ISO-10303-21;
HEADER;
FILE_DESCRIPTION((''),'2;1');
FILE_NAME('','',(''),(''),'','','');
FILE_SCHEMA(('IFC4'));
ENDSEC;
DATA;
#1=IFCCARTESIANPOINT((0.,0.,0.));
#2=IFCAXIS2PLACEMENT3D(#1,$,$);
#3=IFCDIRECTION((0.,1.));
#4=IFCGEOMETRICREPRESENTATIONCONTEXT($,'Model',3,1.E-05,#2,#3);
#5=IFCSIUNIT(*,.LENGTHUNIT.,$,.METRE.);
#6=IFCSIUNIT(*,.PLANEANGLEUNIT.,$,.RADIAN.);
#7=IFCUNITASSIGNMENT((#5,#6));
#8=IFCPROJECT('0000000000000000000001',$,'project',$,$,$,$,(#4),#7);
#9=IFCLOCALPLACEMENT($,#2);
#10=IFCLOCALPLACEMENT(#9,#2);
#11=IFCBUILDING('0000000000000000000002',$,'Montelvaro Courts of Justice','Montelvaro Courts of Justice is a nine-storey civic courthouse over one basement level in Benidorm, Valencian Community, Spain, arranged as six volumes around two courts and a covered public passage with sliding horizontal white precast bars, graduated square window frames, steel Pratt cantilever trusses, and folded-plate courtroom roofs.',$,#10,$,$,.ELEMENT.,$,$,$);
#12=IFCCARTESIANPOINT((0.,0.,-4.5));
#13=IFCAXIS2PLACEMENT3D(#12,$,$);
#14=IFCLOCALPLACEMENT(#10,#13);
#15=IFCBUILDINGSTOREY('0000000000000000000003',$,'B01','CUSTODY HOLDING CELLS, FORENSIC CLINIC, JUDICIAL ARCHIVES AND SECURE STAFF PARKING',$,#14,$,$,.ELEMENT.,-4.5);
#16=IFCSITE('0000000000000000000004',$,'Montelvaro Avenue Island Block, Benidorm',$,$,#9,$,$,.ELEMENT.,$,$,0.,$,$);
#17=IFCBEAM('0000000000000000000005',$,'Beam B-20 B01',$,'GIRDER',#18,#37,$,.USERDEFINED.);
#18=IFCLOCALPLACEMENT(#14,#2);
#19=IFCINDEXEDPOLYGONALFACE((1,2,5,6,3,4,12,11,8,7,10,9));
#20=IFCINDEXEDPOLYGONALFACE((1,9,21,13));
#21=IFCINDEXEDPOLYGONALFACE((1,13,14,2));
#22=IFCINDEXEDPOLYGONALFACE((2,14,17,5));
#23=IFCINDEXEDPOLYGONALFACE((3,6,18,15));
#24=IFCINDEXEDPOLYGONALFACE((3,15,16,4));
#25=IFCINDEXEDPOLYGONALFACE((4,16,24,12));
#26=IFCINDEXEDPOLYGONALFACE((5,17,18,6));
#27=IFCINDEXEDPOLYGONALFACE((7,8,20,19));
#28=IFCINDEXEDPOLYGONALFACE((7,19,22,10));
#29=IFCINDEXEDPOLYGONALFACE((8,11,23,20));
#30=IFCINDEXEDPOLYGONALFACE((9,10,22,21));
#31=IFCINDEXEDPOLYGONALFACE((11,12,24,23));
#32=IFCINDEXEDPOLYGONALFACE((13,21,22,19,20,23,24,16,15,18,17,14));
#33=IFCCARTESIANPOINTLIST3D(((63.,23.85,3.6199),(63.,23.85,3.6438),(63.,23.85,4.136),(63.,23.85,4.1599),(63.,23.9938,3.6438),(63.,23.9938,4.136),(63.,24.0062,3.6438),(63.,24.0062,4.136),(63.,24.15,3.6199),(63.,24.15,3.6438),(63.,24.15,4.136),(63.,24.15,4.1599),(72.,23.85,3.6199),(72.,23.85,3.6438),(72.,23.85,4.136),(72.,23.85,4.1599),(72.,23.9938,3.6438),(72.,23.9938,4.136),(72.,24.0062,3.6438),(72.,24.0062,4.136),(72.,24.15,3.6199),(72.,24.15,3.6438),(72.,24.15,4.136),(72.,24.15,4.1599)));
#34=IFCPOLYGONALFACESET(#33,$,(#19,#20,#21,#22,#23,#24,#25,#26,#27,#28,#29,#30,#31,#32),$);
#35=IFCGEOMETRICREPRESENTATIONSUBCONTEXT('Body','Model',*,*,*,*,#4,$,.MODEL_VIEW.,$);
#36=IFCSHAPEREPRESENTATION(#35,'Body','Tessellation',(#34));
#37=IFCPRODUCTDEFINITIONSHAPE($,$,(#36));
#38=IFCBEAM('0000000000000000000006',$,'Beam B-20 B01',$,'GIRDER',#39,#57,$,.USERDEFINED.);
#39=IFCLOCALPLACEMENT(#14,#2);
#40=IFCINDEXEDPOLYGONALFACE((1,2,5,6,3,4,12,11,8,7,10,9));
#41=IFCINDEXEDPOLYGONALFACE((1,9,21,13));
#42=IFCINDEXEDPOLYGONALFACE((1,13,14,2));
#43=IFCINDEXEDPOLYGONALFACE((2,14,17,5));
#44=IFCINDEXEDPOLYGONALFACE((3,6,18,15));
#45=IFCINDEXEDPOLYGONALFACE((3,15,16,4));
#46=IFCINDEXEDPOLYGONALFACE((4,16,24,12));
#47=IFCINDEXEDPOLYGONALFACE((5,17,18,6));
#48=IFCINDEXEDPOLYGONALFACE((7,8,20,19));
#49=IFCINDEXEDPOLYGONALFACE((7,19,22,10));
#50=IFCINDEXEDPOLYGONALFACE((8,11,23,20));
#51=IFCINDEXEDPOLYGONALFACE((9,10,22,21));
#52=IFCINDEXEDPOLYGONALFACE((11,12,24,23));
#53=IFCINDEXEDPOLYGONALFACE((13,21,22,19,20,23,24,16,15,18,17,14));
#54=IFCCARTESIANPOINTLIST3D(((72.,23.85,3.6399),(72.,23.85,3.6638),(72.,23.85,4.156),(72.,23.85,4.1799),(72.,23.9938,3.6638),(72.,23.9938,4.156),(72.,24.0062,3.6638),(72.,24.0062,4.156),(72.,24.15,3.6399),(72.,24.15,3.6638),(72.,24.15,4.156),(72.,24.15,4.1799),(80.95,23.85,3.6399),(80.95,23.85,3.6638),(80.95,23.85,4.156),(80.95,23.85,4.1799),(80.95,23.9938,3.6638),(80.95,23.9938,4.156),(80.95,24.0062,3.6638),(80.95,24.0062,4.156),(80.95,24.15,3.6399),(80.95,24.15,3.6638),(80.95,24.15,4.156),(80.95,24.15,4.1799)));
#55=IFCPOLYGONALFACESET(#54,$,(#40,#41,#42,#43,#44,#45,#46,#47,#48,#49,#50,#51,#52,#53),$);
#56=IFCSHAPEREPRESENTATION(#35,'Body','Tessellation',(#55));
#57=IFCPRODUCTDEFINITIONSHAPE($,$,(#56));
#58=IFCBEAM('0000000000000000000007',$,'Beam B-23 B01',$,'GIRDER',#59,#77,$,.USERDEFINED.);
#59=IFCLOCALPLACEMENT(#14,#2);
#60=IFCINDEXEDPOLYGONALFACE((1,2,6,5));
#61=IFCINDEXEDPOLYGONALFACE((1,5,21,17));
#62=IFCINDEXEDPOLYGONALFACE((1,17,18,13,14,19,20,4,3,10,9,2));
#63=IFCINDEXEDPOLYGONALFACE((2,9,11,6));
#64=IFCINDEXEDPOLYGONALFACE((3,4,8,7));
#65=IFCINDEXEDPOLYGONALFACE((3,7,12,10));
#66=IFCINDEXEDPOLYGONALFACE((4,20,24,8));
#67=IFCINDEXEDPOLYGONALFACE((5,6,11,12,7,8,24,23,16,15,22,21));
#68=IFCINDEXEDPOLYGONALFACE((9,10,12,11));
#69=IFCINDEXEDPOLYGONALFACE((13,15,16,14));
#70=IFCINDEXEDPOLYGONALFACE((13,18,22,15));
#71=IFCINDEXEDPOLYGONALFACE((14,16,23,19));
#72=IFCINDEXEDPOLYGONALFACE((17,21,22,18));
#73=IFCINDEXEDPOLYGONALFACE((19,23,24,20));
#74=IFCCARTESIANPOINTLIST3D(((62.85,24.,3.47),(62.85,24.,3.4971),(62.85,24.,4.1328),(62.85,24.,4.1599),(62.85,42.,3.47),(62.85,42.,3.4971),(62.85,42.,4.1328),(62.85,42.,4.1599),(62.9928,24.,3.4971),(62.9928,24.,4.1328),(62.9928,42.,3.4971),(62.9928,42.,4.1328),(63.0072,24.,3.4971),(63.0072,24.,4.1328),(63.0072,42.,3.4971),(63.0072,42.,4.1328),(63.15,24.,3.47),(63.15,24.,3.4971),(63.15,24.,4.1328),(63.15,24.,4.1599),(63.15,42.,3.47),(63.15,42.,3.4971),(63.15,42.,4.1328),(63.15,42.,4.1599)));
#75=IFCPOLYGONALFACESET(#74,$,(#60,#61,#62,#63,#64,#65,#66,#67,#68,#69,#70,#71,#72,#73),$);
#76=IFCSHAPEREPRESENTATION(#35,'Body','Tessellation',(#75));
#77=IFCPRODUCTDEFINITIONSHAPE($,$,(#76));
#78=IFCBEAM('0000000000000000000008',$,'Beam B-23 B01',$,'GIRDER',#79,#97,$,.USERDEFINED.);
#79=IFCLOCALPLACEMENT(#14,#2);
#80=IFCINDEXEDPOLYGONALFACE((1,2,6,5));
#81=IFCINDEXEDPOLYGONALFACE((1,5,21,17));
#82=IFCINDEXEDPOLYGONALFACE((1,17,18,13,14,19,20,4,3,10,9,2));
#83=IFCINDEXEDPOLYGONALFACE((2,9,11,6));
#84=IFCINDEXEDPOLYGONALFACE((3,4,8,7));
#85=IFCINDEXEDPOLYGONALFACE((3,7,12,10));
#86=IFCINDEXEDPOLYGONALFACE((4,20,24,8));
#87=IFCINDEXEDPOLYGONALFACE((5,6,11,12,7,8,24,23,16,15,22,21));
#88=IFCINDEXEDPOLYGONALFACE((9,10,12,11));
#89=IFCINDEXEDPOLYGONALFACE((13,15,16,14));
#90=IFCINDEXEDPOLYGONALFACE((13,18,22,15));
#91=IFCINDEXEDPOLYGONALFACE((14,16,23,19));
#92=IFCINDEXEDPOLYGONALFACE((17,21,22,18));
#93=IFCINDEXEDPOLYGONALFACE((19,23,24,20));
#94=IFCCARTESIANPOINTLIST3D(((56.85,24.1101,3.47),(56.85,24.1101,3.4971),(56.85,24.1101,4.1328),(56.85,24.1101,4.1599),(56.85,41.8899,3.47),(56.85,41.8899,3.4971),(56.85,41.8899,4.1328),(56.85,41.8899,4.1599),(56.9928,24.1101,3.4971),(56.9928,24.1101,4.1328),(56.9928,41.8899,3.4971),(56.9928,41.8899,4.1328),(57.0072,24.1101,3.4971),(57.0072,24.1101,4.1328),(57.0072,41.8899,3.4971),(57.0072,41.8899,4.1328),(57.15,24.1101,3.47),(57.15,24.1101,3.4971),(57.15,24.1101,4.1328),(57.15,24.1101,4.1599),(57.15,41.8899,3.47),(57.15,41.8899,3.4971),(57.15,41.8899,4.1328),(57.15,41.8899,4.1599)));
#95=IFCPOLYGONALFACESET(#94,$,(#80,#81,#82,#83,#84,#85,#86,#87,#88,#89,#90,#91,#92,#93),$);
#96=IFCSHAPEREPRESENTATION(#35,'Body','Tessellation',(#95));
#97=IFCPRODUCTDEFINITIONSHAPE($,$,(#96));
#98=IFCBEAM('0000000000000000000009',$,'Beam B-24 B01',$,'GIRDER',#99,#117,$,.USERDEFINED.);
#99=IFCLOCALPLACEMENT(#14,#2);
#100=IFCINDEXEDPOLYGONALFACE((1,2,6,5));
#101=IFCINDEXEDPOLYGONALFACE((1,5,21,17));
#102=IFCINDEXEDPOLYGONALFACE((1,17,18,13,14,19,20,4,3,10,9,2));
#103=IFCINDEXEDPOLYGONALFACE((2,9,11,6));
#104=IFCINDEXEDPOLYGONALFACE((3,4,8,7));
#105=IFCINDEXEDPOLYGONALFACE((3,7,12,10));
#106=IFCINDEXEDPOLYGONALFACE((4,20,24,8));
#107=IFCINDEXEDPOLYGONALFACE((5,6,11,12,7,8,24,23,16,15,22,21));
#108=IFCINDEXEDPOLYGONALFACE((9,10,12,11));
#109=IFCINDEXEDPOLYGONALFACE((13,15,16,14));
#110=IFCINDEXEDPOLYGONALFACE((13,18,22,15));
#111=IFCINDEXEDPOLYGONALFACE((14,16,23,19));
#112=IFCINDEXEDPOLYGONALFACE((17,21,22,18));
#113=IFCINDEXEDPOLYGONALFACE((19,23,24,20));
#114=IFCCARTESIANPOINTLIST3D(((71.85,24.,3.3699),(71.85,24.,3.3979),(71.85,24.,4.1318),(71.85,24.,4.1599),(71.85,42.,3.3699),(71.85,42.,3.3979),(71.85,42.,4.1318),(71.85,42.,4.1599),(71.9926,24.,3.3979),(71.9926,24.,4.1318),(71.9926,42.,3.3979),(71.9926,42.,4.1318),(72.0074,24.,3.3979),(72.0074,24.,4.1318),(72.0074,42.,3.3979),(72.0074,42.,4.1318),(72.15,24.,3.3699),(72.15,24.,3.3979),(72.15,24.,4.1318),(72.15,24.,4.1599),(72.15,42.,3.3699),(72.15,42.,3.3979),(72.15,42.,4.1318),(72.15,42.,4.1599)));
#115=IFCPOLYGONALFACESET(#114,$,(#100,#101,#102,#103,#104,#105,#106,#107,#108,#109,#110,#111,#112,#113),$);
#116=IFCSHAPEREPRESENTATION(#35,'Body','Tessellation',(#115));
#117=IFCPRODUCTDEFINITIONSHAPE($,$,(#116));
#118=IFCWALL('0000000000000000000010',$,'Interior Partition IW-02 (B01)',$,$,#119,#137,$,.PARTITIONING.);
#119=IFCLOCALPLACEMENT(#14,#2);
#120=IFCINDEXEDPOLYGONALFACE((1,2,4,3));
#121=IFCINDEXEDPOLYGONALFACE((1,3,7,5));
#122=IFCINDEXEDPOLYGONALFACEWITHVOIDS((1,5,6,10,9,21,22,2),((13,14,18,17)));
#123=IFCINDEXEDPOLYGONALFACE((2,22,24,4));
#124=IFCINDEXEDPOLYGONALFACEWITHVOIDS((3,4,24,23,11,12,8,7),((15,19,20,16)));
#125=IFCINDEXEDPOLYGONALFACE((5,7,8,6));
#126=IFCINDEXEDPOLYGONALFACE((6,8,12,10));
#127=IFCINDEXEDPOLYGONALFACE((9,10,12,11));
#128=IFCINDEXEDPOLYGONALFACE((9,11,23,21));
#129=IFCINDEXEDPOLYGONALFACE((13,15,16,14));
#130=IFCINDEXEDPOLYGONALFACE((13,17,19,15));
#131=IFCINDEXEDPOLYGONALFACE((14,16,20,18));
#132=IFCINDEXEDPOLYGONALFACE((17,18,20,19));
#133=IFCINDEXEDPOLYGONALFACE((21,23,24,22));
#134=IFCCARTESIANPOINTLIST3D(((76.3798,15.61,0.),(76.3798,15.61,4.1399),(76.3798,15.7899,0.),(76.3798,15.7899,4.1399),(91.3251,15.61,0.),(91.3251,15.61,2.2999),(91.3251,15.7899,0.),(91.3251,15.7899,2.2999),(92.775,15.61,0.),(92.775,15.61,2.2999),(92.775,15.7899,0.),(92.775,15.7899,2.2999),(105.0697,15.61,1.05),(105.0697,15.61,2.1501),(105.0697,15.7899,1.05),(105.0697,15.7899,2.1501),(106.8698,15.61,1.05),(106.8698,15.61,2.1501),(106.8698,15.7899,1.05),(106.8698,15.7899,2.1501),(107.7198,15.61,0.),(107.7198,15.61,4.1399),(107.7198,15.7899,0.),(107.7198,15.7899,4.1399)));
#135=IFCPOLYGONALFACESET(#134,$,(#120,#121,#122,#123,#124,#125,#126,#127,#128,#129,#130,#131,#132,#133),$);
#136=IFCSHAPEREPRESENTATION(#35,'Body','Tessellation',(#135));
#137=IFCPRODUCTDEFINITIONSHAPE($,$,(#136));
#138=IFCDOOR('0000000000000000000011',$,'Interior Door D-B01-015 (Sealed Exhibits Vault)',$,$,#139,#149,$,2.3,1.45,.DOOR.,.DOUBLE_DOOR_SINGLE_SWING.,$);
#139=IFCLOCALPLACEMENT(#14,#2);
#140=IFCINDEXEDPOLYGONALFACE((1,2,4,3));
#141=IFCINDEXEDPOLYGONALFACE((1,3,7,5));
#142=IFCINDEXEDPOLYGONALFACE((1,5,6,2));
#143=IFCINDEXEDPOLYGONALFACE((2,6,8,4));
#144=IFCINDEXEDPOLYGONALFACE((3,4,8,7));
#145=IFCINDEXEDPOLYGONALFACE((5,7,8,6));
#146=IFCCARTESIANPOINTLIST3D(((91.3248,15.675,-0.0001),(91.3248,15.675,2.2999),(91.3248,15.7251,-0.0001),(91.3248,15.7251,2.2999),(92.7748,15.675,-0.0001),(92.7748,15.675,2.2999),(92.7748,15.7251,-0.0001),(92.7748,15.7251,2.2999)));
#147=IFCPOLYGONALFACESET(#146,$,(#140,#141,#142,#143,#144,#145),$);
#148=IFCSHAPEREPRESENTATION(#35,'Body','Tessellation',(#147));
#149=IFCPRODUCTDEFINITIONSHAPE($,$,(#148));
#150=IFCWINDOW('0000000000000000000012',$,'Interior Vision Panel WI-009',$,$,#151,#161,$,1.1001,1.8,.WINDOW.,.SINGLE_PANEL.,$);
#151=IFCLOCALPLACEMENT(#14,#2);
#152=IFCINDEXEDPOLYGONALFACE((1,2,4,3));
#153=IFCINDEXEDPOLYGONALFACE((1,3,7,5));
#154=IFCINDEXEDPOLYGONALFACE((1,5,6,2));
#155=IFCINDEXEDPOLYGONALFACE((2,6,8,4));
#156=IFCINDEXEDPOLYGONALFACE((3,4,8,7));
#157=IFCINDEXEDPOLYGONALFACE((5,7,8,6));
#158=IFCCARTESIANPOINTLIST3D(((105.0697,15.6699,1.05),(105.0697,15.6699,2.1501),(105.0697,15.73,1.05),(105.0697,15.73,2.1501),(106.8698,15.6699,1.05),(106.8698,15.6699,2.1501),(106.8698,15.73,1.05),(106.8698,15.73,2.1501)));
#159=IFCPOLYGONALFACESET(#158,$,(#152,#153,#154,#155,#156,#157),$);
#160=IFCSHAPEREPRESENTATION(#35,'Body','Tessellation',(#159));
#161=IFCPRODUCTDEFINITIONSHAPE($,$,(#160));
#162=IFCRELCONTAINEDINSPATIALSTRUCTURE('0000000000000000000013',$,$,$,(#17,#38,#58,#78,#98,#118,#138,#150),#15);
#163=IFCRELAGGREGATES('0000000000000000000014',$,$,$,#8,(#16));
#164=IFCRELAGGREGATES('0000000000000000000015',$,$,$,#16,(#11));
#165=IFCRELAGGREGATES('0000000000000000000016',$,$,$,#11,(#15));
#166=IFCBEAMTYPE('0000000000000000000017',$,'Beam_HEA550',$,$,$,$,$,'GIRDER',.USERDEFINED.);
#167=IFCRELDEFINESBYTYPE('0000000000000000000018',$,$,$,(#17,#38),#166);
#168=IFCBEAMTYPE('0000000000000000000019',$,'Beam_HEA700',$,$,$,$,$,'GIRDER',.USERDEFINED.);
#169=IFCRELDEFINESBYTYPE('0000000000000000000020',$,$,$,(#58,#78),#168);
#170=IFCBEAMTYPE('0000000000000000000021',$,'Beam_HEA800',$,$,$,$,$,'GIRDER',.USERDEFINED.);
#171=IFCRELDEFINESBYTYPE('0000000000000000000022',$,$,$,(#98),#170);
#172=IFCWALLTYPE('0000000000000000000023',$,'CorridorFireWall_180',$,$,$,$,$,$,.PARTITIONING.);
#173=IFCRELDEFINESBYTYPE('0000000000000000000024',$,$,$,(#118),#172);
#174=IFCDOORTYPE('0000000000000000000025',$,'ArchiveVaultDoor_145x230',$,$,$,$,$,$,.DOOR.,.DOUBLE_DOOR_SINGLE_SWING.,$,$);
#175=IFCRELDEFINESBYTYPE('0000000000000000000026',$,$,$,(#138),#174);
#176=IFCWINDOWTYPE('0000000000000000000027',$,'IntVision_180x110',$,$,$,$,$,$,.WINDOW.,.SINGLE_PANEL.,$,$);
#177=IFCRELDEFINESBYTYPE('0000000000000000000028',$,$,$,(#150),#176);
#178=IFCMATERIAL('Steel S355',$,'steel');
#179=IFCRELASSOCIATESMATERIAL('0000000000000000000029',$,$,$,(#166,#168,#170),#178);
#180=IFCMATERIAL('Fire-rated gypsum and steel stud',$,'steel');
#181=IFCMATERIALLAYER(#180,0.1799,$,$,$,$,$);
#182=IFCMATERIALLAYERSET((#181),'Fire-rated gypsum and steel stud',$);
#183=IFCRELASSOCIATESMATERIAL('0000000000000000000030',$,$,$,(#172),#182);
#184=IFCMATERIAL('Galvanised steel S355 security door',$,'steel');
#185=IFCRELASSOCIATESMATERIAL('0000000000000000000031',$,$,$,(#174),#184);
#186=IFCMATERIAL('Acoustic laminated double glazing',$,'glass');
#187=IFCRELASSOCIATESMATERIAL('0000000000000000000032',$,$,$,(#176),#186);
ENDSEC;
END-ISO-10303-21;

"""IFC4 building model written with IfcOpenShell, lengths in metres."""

from ifc_helpers import new_model, si_unit, direction, frame, frame_2d, origin, origin_2d, place, context, subcontext, project, spatial, rectangle, i_section, extrude, material, layer, layer_set, material_profile, profile_set, type_object, element, fill, save


model = new_model("IFC4")

# Units and contexts
model_context = context("Model", 3, precision=1e-05, world=origin(), true_north=direction((0.0, 1.0)))
body_context = subcontext(model_context, "Body", "Model", "MODEL_VIEW")
ifc_project = project(units=[si_unit("LENGTHUNIT", "METRE"), si_unit("PLANEANGLEUNIT", "RADIAN")], contexts=[model_context])

# Site, building, storey
site_placement = place(None, origin())
site = spatial("IfcSite", under=ifc_project, at=site_placement, Name="Montelvaro Avenue Island Block, Benidorm", CompositionType="ELEMENT", RefElevation=0.0)
building_placement = place(site_placement, origin())
building = spatial("IfcBuilding", under=site, at=building_placement, Name="Montelvaro Courts of Justice", Description="Montelvaro Courts of Justice is a nine-storey civic courthouse over one basement level in Benidorm, Valencian Community, Spain, arranged as six volumes around two courts and a covered public passage with sliding horizontal white precast bars, graduated square window frames, steel Pratt cantilever trusses, and folded-plate courtroom roofs.", CompositionType="ELEMENT")
storey_placement = place(building_placement, frame((0.0, 0.0, -4.5)))
storey = spatial("IfcBuildingStorey", under=building, at=storey_placement, Name="B01", Description="CUSTODY HOLDING CELLS, FORENSIC CLINIC, JUDICIAL ARCHIVES AND SECURE STAFF PARKING", CompositionType="ELEMENT", Elevation=-4.5)

# Beams
ifc_material_1 = material(Name="Steel S355", Category="steel")
ifc_material_profile_1 = material_profile(ifc_material_1, i_section(OverallWidth=0.3, OverallDepth=0.54, WebThickness=0.0125, FlangeThickness=0.0239, at=origin_2d()), Name="HEA 550")
ifc_profile_set_1 = profile_set([ifc_material_profile_1], Name="Steel S355")
beam_type_1 = type_object("IfcBeamType", Name="Beam_HEA550", ElementType="GIRDER", PredefinedType="USERDEFINED", material=ifc_profile_set_1)
beam_1_placement = place(storey_placement, frame((63.0, 24.0, 3.8899), z_axis=(1.0, 0.0, 0.0), x_axis=(0.0, 1.0, 0.0)))
element("IfcBeam", 1, at=beam_1_placement, inside=storey, type_object=beam_type_1, Name="Beam B-20 B01", ObjectType="GIRDER", PredefinedType="USERDEFINED", context=body_context, shape_type="SweptSolid", body=[
    extrude(i_section(OverallWidth=0.3, OverallDepth=0.54, WebThickness=0.0125, FlangeThickness=0.0239, at=origin_2d()), origin(), (0.0, 0.0, 1.0), 9.0),
])
beam_2_placement = place(storey_placement, frame((72.0, 24.0, 3.9099), z_axis=(1.0, 0.0, 0.0), x_axis=(0.0, 1.0, 0.0)))
element("IfcBeam", 2, at=beam_2_placement, inside=storey, type_object=beam_type_1, Name="Beam B-20 B01", ObjectType="GIRDER", PredefinedType="USERDEFINED", context=body_context, shape_type="SweptSolid", body=[
    extrude(i_section(OverallWidth=0.3, OverallDepth=0.54, WebThickness=0.0125, FlangeThickness=0.0239, at=origin_2d()), origin(), (0.0, 0.0, 1.0), 8.95),
])
ifc_material_profile_2 = material_profile(ifc_material_1, i_section(OverallWidth=0.3, OverallDepth=0.6899, WebThickness=0.0144, FlangeThickness=0.0271, at=origin_2d()), Name="HEA 700")
ifc_profile_set_2 = profile_set([ifc_material_profile_2], Name="Steel S355")
beam_type_2 = type_object("IfcBeamType", Name="Beam_HEA700", ElementType="GIRDER", PredefinedType="USERDEFINED", material=ifc_profile_set_2)
beam_3_placement = place(storey_placement, frame((63.0, 24.0, 3.8149), z_axis=(0.0, 1.0, 0.0), x_axis=(-1.0, 0.0, 0.0)))
element("IfcBeam", 3, at=beam_3_placement, inside=storey, type_object=beam_type_2, Name="Beam B-23 B01", ObjectType="GIRDER", PredefinedType="USERDEFINED", context=body_context, shape_type="SweptSolid", body=[
    extrude(i_section(OverallWidth=0.3, OverallDepth=0.6899, WebThickness=0.0144, FlangeThickness=0.0271, at=origin_2d()), origin(), (0.0, 0.0, 1.0), 18.0),
])
beam_4_placement = place(storey_placement, frame((57.0, 24.1101, 3.8149), z_axis=(0.0, 1.0, 0.0), x_axis=(-1.0, 0.0, 0.0)))
element("IfcBeam", 4, at=beam_4_placement, inside=storey, type_object=beam_type_2, Name="Beam B-23 B01", ObjectType="GIRDER", PredefinedType="USERDEFINED", context=body_context, shape_type="SweptSolid", body=[
    extrude(i_section(OverallWidth=0.3, OverallDepth=0.6899, WebThickness=0.0144, FlangeThickness=0.0271, at=origin_2d()), origin(), (0.0, 0.0, 1.0), 17.7798),
])
ifc_material_profile_3 = material_profile(ifc_material_1, i_section(OverallWidth=0.3, OverallDepth=0.79, WebThickness=0.0149, FlangeThickness=0.0281, at=origin_2d()), Name="HEA 800")
ifc_profile_set_3 = profile_set([ifc_material_profile_3], Name="Steel S355")
beam_type_3 = type_object("IfcBeamType", Name="Beam_HEA800", ElementType="GIRDER", PredefinedType="USERDEFINED", material=ifc_profile_set_3)
beam_5_placement = place(storey_placement, frame((72.0, 24.0, 3.7649), z_axis=(0.0, 1.0, 0.0), x_axis=(-1.0, 0.0, 0.0)))
element("IfcBeam", 5, at=beam_5_placement, inside=storey, type_object=beam_type_3, Name="Beam B-24 B01", ObjectType="GIRDER", PredefinedType="USERDEFINED", context=body_context, shape_type="SweptSolid", body=[
    extrude(i_section(OverallWidth=0.3, OverallDepth=0.79, WebThickness=0.0149, FlangeThickness=0.0281, at=origin_2d()), origin(), (0.0, 0.0, 1.0), 18.0),
])

# Wall, openings, door, window
ifc_material_2 = material(Name="Fire-rated gypsum and steel stud", Category="steel")
ifc_layer_1 = layer(ifc_material_2, 0.1799)
ifc_layer_set_1 = layer_set([ifc_layer_1], Name="Fire-rated gypsum and steel stud")
wall_type_1 = type_object("IfcWallType", Name="CorridorFireWall_180", PredefinedType="PARTITIONING", material=ifc_layer_set_1)
wall_1_placement = place(storey_placement, frame((76.3799, 15.7, 0.0), z_axis=(0.0, 0.0, 1.0), x_axis=(1.0, 0.0, 0.0)))
wall_1 = element("IfcWall", 6, at=wall_1_placement, inside=storey, type_object=wall_type_1, Name="Interior Partition IW-02 (B01)", PredefinedType="PARTITIONING", context=body_context, shape_type="SweptSolid", body=[
    extrude(rectangle(XDim=31.3401, YDim=0.1799, at=frame_2d((15.6699, 0.0))), origin(), (0.0, 0.0, 1.0), 4.1399),
])
opening_1_placement = place(wall_1_placement, frame((14.9451, 0.0, 0.0)))
opening_1 = element("IfcOpeningElement", 7, at=opening_1_placement, cuts=wall_1, PredefinedType="OPENING", context=body_context, shape_type="SweptSolid", body=[
    extrude(rectangle(XDim=1.45, YDim=2.3, at=frame_2d((0.7251, 1.1499))), frame((0.0, 0.105, 0.0), z_axis=(0.0, -1.0, 0.0), x_axis=(1.0, 0.0, 0.0)), (0.0, 0.0, 1.0), 0.2097),
])
opening_2_placement = place(wall_1_placement, frame((28.6899, 0.0, 1.05)))
opening_2 = element("IfcOpeningElement", 8, at=opening_2_placement, cuts=wall_1, PredefinedType="OPENING", context=body_context, shape_type="SweptSolid", body=[
    extrude(rectangle(XDim=1.8, YDim=1.1001, at=frame_2d((0.8999, 0.55))), frame((0.0, 0.105, 0.0), z_axis=(0.0, -1.0, 0.0), x_axis=(1.0, 0.0, 0.0)), (0.0, 0.0, 1.0), 0.2097),
])
ifc_material_3 = material(Name="Galvanised steel S355 security door", Category="steel")
door_type_1 = type_object("IfcDoorType", Name="ArchiveVaultDoor_145x230", OperationType="DOUBLE_DOOR_SINGLE_SWING", PredefinedType="DOOR", material=ifc_material_3)
door_1_placement = place(opening_1_placement, frame((1.45, 0.0, 0.0), z_axis=(0.0, 0.0, 1.0), x_axis=(-1.0, 0.0, 0.0)))
door_1 = element("IfcDoor", 9, at=door_1_placement, inside=storey, type_object=door_type_1, Name="Interior Door D-B01-015 (Sealed Exhibits Vault)", OperationType="DOUBLE_DOOR_SINGLE_SWING", OverallHeight=2.3, OverallWidth=1.45, PredefinedType="DOOR", context=body_context, shape_type="SweptSolid", body=[
    extrude(rectangle(XDim=1.45, YDim=2.3, at=frame_2d((0.7251, 1.1499))), frame((0.0, 0.0249, 0.0), z_axis=(0.0, -1.0, 0.0), x_axis=(1.0, 0.0, 0.0)), (0.0, 0.0, 1.0), 0.05),
])
fill(opening_1, door_1)
ifc_material_4 = material(Name="Acoustic laminated double glazing", Category="glass")
window_type_1 = type_object("IfcWindowType", Name="IntVision_180x110", PartitioningType="SINGLE_PANEL", PredefinedType="WINDOW", material=ifc_material_4)
window_1_placement = place(opening_2_placement, origin())
window_1 = element("IfcWindow", 10, at=window_1_placement, inside=storey, type_object=window_type_1, Name="Interior Vision Panel WI-009", OverallHeight=1.1001, OverallWidth=1.8, PartitioningType="SINGLE_PANEL", PredefinedType="WINDOW", context=body_context, shape_type="SweptSolid", body=[
    extrude(rectangle(XDim=1.8, YDim=1.1001, at=frame_2d((0.8999, 0.55))), frame((0.0, 0.03, 0.0), z_axis=(0.0, -1.0, 0.0), x_axis=(1.0, 0.0, 0.0)), (0.0, 0.0, 1.0), 0.0601),
])
fill(opening_2, window_1)

save(model, "model.ifc")
